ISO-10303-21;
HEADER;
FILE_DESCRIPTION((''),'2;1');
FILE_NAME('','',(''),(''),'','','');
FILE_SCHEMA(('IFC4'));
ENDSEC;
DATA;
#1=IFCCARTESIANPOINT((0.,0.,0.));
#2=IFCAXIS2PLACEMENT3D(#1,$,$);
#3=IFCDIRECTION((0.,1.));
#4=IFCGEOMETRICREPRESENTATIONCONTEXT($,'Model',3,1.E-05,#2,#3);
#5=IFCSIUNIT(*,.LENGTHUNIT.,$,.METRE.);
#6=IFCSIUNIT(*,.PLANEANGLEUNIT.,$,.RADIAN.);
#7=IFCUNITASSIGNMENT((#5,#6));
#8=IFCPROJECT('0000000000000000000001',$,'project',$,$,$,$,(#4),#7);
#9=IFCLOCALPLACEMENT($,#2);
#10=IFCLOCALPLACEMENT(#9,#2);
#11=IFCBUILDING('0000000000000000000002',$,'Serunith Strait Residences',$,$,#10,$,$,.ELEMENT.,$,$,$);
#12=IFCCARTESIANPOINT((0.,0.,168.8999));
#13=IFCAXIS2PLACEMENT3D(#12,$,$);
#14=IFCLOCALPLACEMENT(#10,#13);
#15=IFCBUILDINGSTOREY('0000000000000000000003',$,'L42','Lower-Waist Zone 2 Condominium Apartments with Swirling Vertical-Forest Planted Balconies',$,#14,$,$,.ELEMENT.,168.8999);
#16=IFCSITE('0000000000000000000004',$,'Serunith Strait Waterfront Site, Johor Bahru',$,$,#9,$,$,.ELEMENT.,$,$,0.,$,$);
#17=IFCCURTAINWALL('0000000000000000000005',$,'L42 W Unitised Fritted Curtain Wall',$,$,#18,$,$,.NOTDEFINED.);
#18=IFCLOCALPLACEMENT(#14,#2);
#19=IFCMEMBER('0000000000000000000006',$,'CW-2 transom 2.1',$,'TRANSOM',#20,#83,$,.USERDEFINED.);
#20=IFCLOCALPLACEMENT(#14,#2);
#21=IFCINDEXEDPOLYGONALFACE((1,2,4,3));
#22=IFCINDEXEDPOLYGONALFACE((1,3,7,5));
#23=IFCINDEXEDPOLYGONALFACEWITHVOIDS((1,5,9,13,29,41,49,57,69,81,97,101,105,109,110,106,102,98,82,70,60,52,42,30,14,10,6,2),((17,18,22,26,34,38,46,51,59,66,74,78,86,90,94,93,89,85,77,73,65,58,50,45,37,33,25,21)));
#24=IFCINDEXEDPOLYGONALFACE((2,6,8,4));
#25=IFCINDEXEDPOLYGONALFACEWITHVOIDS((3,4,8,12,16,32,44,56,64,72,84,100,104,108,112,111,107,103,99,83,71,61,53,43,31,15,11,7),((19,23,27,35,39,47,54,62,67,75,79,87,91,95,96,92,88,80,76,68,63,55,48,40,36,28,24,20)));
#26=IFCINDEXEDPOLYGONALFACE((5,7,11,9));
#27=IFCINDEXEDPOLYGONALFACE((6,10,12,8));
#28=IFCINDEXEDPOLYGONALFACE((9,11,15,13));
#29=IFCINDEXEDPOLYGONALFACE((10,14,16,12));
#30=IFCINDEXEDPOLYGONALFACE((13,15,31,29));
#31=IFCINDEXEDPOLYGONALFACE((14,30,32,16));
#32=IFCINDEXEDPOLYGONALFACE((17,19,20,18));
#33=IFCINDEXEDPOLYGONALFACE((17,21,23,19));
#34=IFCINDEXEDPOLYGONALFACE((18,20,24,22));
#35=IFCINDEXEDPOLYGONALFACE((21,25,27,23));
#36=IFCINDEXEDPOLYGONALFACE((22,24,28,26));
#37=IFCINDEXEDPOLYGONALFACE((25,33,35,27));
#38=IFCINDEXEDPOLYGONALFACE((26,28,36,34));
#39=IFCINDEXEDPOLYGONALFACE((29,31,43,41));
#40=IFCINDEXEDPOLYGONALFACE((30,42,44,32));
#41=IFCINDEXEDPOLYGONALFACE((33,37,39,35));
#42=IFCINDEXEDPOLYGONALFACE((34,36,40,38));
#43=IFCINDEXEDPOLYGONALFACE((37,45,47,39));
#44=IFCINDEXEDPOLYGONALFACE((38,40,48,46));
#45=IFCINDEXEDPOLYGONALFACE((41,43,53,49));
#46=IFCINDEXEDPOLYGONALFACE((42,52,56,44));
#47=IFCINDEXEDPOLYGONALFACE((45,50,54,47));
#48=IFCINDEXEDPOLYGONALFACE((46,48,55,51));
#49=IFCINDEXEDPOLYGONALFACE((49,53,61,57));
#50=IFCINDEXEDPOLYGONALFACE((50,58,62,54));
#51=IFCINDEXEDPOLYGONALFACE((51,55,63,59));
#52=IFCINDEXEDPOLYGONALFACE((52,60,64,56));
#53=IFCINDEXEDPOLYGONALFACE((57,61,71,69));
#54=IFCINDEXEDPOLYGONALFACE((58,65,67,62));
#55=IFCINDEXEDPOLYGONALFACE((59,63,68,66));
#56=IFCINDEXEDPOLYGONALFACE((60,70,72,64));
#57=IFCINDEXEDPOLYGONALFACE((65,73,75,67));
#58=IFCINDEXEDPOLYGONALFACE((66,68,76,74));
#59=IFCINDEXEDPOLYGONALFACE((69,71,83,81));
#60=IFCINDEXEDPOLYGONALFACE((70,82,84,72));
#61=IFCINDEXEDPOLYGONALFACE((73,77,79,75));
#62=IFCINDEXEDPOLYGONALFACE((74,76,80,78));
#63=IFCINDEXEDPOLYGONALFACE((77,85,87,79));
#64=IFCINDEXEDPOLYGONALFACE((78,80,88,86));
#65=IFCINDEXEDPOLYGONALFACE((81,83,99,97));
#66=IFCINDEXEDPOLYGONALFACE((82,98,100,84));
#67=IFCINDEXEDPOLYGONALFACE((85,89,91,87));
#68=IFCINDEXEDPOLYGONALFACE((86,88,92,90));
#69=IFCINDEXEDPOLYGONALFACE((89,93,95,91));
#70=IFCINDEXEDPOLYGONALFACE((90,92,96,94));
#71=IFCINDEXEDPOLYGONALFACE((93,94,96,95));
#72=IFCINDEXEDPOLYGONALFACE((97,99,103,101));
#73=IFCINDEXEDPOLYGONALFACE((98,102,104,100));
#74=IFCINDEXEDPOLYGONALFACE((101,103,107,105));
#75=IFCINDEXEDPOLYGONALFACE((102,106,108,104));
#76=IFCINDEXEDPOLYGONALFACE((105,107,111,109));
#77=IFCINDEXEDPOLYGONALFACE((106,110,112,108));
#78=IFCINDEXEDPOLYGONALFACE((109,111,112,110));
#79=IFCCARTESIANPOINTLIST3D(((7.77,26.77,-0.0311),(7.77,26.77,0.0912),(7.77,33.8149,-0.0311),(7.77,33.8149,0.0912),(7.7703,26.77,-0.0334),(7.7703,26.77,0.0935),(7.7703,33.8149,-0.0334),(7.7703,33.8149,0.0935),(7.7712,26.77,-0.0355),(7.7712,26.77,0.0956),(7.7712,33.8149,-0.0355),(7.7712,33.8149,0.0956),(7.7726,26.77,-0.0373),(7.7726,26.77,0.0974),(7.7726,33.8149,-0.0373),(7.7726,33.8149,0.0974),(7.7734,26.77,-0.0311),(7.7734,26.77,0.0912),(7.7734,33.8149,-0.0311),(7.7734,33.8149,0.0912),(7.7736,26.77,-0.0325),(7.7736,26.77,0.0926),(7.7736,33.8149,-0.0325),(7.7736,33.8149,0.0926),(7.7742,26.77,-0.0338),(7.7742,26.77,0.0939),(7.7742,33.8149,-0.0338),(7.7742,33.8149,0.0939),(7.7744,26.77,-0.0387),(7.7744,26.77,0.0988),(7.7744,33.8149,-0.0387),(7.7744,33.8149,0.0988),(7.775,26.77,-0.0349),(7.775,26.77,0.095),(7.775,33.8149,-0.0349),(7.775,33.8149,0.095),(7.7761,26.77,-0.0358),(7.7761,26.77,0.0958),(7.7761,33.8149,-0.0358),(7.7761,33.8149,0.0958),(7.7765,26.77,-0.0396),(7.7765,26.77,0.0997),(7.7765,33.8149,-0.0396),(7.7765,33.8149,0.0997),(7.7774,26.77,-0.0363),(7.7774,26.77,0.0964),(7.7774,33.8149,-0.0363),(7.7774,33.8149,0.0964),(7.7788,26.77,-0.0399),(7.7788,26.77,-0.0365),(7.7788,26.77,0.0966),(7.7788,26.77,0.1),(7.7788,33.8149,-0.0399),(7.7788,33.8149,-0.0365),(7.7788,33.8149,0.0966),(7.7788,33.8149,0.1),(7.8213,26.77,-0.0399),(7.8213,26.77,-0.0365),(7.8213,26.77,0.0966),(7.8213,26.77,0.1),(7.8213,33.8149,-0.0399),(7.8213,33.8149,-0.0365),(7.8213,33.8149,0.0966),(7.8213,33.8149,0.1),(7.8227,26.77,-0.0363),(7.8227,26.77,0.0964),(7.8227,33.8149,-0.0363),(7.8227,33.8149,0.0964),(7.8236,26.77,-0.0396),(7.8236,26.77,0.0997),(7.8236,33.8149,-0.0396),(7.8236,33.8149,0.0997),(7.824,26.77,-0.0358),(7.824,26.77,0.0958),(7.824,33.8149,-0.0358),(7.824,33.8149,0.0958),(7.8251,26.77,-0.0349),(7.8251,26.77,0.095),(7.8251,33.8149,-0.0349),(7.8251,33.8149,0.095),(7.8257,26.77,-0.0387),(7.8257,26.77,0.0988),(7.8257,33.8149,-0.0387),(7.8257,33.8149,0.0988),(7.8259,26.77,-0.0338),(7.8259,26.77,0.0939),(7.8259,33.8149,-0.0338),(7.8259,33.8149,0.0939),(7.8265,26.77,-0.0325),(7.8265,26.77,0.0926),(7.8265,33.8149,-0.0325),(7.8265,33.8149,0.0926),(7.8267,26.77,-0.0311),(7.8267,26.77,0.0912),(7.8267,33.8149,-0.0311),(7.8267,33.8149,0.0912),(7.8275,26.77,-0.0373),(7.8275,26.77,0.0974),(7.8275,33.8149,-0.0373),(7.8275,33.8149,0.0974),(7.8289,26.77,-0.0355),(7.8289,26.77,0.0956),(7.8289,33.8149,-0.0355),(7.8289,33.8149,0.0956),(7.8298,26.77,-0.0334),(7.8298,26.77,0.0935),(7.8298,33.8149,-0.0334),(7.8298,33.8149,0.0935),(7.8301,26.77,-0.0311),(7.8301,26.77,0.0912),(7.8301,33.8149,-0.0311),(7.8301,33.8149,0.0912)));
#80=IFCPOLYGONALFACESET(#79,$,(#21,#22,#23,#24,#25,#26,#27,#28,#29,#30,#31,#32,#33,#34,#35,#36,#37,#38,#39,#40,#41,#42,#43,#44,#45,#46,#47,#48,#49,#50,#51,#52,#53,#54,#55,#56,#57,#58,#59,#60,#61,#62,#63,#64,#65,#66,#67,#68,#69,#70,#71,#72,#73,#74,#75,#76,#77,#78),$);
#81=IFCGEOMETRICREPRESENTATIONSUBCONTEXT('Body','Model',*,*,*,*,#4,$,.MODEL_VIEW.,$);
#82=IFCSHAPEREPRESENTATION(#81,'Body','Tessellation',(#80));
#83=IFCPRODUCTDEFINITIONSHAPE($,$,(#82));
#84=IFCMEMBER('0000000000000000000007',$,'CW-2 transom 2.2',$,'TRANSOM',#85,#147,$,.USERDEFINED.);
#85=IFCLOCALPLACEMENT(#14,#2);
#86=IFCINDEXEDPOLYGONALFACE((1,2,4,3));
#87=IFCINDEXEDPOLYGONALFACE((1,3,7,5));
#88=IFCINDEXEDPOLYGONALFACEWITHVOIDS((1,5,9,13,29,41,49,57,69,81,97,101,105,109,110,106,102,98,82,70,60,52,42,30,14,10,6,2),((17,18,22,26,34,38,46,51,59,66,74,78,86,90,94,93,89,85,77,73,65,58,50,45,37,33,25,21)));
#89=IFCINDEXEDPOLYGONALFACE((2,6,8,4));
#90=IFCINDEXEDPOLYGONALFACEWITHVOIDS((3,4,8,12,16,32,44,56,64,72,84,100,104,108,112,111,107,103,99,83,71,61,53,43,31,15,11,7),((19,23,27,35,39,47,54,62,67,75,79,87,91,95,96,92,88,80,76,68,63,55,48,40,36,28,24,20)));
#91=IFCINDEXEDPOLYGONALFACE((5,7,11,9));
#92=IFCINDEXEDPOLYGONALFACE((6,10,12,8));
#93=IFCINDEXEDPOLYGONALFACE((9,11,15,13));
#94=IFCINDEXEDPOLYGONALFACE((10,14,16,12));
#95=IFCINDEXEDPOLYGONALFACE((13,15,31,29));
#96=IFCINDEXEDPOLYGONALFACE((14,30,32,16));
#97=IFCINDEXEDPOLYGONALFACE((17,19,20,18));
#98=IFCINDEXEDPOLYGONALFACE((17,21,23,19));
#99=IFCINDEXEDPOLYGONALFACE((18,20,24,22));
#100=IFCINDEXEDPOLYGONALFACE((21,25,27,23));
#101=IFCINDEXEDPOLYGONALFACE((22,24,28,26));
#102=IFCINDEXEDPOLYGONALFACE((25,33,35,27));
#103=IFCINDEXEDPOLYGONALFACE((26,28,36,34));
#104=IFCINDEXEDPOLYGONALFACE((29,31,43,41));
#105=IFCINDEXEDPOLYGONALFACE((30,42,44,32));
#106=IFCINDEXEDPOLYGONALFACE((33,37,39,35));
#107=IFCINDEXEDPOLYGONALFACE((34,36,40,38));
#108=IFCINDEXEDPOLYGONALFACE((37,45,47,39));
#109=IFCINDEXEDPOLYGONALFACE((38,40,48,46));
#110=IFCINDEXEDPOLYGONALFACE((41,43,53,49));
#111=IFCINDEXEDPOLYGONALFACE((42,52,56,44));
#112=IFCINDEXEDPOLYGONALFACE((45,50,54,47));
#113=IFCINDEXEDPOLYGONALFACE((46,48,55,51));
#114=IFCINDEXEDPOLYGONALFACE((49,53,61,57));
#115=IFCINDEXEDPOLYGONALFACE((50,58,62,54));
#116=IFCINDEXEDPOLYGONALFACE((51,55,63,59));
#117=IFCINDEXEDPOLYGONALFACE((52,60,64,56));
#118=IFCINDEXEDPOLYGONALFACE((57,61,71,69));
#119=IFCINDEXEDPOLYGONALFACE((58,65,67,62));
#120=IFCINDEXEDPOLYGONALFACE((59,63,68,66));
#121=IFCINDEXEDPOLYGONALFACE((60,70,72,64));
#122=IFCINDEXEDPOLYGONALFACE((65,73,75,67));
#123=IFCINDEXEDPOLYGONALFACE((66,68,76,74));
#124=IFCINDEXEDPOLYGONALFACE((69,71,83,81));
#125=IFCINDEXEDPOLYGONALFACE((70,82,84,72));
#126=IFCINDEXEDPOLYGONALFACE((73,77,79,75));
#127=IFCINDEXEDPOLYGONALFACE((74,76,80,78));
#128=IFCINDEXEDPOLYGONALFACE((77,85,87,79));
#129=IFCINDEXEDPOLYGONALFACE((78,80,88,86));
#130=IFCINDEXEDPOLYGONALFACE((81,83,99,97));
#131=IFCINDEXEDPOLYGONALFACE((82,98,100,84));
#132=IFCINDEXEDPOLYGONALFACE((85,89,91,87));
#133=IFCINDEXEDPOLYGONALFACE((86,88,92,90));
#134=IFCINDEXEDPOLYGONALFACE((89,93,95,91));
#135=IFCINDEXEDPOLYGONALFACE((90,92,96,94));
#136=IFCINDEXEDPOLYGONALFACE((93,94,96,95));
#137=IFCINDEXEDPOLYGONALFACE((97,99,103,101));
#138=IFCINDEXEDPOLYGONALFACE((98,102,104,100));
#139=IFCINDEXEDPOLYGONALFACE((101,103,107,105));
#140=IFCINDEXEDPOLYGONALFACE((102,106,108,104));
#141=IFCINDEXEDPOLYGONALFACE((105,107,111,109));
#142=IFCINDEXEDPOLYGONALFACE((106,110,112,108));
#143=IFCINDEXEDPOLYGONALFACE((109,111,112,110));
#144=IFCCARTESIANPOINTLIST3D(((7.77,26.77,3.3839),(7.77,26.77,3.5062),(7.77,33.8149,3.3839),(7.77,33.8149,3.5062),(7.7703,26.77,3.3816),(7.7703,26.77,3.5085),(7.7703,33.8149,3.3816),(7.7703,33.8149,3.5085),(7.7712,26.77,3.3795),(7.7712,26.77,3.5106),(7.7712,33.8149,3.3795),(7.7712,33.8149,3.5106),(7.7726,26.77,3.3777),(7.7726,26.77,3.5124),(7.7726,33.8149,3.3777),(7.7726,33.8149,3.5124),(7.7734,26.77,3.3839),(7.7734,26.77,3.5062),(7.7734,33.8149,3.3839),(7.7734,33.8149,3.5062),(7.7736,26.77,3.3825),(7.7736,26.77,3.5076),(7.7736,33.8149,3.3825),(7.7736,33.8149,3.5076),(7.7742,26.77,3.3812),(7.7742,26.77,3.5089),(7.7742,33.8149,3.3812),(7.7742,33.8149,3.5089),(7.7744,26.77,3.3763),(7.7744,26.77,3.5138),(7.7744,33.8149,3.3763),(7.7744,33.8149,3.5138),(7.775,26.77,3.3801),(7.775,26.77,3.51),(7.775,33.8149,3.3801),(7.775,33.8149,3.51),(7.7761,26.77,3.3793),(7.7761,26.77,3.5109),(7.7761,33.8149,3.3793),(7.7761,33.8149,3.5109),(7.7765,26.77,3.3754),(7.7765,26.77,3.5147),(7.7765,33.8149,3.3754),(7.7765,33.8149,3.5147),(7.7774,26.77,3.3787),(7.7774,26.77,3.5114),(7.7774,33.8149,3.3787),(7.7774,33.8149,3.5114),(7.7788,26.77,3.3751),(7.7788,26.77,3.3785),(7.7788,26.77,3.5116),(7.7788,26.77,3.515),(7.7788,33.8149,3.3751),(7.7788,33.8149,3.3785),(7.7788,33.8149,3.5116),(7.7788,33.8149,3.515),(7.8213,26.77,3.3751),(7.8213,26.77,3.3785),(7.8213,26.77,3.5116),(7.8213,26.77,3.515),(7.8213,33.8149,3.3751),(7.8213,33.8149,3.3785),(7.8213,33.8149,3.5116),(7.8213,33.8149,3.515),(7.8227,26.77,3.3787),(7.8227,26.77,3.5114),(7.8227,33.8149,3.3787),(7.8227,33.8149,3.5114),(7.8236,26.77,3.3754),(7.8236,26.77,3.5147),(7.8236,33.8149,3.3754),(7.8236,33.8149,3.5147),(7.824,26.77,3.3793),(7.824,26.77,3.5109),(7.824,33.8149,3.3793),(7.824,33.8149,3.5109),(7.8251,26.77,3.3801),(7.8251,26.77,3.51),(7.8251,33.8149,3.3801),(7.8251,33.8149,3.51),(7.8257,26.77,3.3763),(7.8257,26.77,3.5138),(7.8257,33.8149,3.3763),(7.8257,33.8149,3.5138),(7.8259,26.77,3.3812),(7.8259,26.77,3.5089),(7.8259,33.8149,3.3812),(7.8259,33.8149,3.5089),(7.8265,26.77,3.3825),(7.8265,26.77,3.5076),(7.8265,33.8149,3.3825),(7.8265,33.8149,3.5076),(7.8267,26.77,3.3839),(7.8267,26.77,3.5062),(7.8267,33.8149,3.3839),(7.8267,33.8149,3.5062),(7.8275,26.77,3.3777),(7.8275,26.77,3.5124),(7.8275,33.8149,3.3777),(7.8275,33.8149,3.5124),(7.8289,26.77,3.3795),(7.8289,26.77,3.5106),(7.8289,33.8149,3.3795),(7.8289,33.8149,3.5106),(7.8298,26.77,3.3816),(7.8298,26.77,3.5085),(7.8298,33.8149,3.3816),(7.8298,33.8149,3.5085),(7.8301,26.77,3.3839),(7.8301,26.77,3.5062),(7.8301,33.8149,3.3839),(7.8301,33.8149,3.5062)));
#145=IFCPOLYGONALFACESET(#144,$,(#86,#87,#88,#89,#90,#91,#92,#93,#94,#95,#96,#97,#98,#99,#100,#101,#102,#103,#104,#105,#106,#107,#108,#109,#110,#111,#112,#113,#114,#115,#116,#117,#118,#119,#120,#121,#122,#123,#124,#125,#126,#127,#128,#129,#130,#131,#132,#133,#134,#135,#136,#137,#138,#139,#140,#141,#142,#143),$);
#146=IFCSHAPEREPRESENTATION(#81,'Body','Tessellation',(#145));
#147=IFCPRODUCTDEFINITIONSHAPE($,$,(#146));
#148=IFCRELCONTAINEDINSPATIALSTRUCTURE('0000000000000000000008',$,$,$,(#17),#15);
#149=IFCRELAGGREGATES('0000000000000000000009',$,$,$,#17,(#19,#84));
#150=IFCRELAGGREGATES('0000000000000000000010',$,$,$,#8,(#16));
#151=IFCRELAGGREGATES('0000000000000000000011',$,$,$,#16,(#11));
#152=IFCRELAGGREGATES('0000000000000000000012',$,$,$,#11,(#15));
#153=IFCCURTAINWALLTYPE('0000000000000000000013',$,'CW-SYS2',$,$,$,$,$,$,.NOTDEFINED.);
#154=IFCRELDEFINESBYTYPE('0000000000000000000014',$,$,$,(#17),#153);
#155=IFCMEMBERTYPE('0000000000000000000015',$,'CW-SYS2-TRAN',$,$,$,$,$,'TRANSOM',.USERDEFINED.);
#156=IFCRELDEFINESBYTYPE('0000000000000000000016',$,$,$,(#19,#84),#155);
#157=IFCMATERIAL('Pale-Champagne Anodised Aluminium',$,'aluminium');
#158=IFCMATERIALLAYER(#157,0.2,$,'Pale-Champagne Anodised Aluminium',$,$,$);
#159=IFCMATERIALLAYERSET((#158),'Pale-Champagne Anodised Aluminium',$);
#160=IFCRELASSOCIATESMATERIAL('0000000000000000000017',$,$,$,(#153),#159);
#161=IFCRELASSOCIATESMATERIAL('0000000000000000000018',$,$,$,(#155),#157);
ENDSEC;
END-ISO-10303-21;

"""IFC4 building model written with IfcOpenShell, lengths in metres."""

from ifc_helpers import new_model, si_unit, direction, frame, origin, origin_2d, place, context, subcontext, project, spatial, hollow_rectangle, extrude, source, transform, mapped, material, layer, layer_set, material_profile, profile_set, type_object, element, aggregate, save


model = new_model("IFC4")

# Units and contexts
model_context = context("Model", 3, precision=1e-05, world=origin(), true_north=direction((0.0, 1.0)))
body_context = subcontext(model_context, "Body", "Model", "MODEL_VIEW")
ifc_project = project(units=[si_unit("LENGTHUNIT", "METRE"), si_unit("PLANEANGLEUNIT", "RADIAN")], contexts=[model_context])

# Site, building, storey
site_placement = place(None, origin())
site = spatial("IfcSite", under=ifc_project, at=site_placement, Name="Serunith Strait Waterfront Site, Johor Bahru", CompositionType="ELEMENT", RefElevation=0.0)
building_placement = place(site_placement, origin())
building = spatial("IfcBuilding", under=site, at=building_placement, Name="Serunith Strait Residences", CompositionType="ELEMENT")
storey_placement = place(building_placement, frame((0.0, 0.0, 168.8999)))
storey = spatial("IfcBuildingStorey", under=building, at=storey_placement, Name="L42", Description="Lower-Waist Zone 2 Condominium Apartments with Swirling Vertical-Forest Planted Balconies", CompositionType="ELEMENT", Elevation=168.8999)

# Curtain wall
ifc_material_1 = material(Name="Pale-Champagne Anodised Aluminium", Category="aluminium")
ifc_layer_1 = layer(ifc_material_1, 0.2, Name="Pale-Champagne Anodised Aluminium")
ifc_layer_set_1 = layer_set([ifc_layer_1], Name="Pale-Champagne Anodised Aluminium")
curtain_wall_type = type_object("IfcCurtainWallType", Name="CW-SYS2", PredefinedType="NOTDEFINED", material=ifc_layer_set_1)
curtain_wall_1_placement = place(storey_placement, origin())
curtain_wall_1 = element("IfcCurtainWall", 1, at=curtain_wall_1_placement, inside=storey, type_object=curtain_wall_type, Name="L42 W Unitised Fritted Curtain Wall", PredefinedType="NOTDEFINED")

# Members
ifc_material_profile_1 = material_profile(ifc_material_1, hollow_rectangle(XDim=0.0601, YDim=0.1399, WallThickness=0.0034, InnerFilletRadius=0.0054, OuterFilletRadius=0.0088, at=origin_2d()), Name="ALU 140x60x3.5")
ifc_profile_set_1 = profile_set([ifc_material_profile_1], Name="Pale-Champagne Anodised Aluminium")
member_type_1 = type_object("IfcMemberType", Name="CW-SYS2-TRAN", ElementType="TRANSOM", PredefinedType="USERDEFINED", material=ifc_profile_set_1)
shared_shape_1 = source(origin(), body_context, "Body", "SweptSolid", [
    extrude(hollow_rectangle(XDim=0.0601, YDim=0.1399, WallThickness=0.0034, InnerFilletRadius=0.0054, OuterFilletRadius=0.0088, at=origin_2d()), origin(), (0.0, 0.0, 1.0), 7.0449),
])
member_1_placement = place(storey_placement, frame((7.8, 33.8149, 0.03), z_axis=(0.0, -1.0, 0.0), x_axis=(1.0, 0.0, 0.0)))
member_1 = element("IfcMember", 2, at=member_1_placement, type_object=member_type_1, Name="CW-2 transom 2.1", ObjectType="TRANSOM", PredefinedType="USERDEFINED", context=body_context, shape_type="MappedRepresentation", body=[
    mapped(shared_shape_1, transform((0.0, 0.0, 0.0), scale=1.0)),
])
member_2_placement = place(storey_placement, frame((7.8, 33.8149, 3.4451), z_axis=(0.0, -1.0, 0.0), x_axis=(1.0, 0.0, 0.0)))
member_2 = element("IfcMember", 3, at=member_2_placement, type_object=member_type_1, Name="CW-2 transom 2.2", ObjectType="TRANSOM", PredefinedType="USERDEFINED", context=body_context, shape_type="MappedRepresentation", body=[
    mapped(shared_shape_1, transform((0.0, 0.0, 0.0), scale=1.0)),
])

aggregate(curtain_wall_1, [member_1, member_2])

save(model, "model.ifc")
